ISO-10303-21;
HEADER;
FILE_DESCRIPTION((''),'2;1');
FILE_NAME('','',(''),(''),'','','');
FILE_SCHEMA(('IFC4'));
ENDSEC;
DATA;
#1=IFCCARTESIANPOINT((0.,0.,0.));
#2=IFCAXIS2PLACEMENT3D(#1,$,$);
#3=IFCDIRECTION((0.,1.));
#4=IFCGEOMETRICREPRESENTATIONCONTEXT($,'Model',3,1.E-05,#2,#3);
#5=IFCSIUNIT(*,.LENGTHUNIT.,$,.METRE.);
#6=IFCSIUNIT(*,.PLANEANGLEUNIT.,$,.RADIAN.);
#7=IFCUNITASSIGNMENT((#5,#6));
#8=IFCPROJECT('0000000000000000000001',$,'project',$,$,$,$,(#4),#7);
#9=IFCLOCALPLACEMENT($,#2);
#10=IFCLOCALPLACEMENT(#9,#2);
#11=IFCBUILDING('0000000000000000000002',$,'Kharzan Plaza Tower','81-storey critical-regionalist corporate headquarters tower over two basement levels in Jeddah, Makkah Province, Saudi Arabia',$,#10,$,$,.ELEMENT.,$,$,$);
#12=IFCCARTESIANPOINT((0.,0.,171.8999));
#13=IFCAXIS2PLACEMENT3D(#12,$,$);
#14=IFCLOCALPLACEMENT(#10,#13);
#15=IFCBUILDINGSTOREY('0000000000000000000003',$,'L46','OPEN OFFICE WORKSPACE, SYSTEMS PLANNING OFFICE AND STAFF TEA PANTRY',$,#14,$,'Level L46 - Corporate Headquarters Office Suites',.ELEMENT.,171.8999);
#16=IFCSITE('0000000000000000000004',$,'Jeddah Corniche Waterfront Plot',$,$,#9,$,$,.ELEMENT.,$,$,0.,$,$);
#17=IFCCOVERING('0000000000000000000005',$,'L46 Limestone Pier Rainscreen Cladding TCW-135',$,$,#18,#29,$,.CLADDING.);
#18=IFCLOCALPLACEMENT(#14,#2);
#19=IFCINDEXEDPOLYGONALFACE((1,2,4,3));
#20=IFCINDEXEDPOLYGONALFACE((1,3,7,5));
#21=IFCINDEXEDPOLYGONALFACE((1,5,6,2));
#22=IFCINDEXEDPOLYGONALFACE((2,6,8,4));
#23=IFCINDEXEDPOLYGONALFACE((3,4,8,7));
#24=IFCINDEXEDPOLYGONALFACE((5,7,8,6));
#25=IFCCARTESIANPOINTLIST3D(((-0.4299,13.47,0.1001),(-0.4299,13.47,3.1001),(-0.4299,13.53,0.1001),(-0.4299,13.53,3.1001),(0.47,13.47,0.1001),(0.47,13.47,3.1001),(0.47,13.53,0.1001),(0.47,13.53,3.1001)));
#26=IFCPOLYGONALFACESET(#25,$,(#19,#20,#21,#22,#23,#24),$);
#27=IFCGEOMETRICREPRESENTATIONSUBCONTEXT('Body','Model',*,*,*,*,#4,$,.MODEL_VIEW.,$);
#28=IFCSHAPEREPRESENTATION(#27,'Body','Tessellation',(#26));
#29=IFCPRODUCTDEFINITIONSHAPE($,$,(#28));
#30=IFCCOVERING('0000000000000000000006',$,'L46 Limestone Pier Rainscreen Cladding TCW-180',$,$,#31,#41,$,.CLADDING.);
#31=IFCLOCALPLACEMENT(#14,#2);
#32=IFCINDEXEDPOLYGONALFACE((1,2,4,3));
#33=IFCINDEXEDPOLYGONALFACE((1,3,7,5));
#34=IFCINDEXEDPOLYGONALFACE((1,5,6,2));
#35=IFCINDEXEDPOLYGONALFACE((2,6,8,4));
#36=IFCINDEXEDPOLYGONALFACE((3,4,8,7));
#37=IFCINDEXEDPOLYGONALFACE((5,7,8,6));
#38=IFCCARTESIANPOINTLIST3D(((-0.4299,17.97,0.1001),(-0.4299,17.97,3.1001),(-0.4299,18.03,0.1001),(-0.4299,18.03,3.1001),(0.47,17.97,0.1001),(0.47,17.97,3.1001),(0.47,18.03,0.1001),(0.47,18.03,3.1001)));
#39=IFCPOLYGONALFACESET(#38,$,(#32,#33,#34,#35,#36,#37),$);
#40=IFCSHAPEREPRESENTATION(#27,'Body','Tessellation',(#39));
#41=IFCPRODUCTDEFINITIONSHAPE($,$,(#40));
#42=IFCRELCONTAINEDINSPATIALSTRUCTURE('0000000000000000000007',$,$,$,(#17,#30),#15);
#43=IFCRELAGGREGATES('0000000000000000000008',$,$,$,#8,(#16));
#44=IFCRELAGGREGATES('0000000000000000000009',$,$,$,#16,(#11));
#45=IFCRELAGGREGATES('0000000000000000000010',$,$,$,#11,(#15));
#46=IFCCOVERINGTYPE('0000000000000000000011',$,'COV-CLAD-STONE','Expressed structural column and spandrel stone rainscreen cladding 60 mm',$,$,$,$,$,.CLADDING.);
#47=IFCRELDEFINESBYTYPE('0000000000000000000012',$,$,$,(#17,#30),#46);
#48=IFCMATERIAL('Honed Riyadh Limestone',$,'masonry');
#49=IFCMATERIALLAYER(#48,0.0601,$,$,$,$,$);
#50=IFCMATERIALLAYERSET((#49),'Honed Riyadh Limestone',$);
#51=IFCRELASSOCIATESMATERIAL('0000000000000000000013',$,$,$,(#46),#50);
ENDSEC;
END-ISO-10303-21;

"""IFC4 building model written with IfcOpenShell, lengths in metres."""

from ifc_helpers import new_model, si_unit, direction, frame, origin, origin_2d, place, context, subcontext, project, spatial, rectangle, extrude, source, transform, mapped, material, layer, layer_set, type_object, element, save


model = new_model("IFC4")

# Units and contexts
model_context = context("Model", 3, precision=1e-05, world=origin(), true_north=direction((0.0, 1.0)))
body_context = subcontext(model_context, "Body", "Model", "MODEL_VIEW")
ifc_project = project(units=[si_unit("LENGTHUNIT", "METRE"), si_unit("PLANEANGLEUNIT", "RADIAN")], contexts=[model_context])

# Site, building, storey
site_placement = place(None, origin())
site = spatial("IfcSite", under=ifc_project, at=site_placement, Name="Jeddah Corniche Waterfront Plot", CompositionType="ELEMENT", RefElevation=0.0)
building_placement = place(site_placement, origin())
building = spatial("IfcBuilding", under=site, at=building_placement, Name="Kharzan Plaza Tower", Description="81-storey critical-regionalist corporate headquarters tower over two basement levels in Jeddah, Makkah Province, Saudi Arabia", CompositionType="ELEMENT")
storey_placement = place(building_placement, frame((0.0, 0.0, 171.8999)))
storey = spatial("IfcBuildingStorey", under=building, at=storey_placement, Name="L46", Description="OPEN OFFICE WORKSPACE, SYSTEMS PLANNING OFFICE AND STAFF TEA PANTRY", LongName="Level L46 - Corporate Headquarters Office Suites", CompositionType="ELEMENT", Elevation=171.8999)

# Coverings
ifc_material_1 = material(Name="Honed Riyadh Limestone", Category="masonry")
ifc_layer_1 = layer(ifc_material_1, 0.0601)
ifc_layer_set_1 = layer_set([ifc_layer_1], Name="Honed Riyadh Limestone")
covering_type = type_object("IfcCoveringType", Name="COV-CLAD-STONE", Description="Expressed structural column and spandrel stone rainscreen cladding 60 mm", PredefinedType="CLADDING", material=ifc_layer_set_1)
shared_shape_1 = source(origin(), body_context, "Body", "SweptSolid", [
    extrude(rectangle(XDim=0.0601, YDim=0.8999, at=origin_2d()), origin(), (0.0, 0.0, 1.0), 3.0),
])
for number, where, z_axis, x_axis, name in (
    (1, (0.02, 13.5, 0.1001), (0.0, 0.0, 1.0), (0.0, 1.0, 0.0), "L46 Limestone Pier Rainscreen Cladding TCW-135"),
    (2, (0.02, 18.0, 0.1001), (0.0, 0.0, 1.0), (0.0, 1.0, 0.0), "L46 Limestone Pier Rainscreen Cladding TCW-180"),
):
    element("IfcCovering", number, at=place(storey_placement, frame(where, z_axis=z_axis, x_axis=x_axis)), inside=storey, type_object=covering_type, Name=name, PredefinedType="CLADDING", context=body_context, shape_type="MappedRepresentation", body=[
        mapped(shared_shape_1, transform((0.0, 0.0, 0.0), x_axis=(1.0, 0.0, 0.0), y_axis=(0.0, 1.0, 0.0), z_axis=(0.0, 0.0, 1.0))),
    ])

save(model, "model.ifc")
